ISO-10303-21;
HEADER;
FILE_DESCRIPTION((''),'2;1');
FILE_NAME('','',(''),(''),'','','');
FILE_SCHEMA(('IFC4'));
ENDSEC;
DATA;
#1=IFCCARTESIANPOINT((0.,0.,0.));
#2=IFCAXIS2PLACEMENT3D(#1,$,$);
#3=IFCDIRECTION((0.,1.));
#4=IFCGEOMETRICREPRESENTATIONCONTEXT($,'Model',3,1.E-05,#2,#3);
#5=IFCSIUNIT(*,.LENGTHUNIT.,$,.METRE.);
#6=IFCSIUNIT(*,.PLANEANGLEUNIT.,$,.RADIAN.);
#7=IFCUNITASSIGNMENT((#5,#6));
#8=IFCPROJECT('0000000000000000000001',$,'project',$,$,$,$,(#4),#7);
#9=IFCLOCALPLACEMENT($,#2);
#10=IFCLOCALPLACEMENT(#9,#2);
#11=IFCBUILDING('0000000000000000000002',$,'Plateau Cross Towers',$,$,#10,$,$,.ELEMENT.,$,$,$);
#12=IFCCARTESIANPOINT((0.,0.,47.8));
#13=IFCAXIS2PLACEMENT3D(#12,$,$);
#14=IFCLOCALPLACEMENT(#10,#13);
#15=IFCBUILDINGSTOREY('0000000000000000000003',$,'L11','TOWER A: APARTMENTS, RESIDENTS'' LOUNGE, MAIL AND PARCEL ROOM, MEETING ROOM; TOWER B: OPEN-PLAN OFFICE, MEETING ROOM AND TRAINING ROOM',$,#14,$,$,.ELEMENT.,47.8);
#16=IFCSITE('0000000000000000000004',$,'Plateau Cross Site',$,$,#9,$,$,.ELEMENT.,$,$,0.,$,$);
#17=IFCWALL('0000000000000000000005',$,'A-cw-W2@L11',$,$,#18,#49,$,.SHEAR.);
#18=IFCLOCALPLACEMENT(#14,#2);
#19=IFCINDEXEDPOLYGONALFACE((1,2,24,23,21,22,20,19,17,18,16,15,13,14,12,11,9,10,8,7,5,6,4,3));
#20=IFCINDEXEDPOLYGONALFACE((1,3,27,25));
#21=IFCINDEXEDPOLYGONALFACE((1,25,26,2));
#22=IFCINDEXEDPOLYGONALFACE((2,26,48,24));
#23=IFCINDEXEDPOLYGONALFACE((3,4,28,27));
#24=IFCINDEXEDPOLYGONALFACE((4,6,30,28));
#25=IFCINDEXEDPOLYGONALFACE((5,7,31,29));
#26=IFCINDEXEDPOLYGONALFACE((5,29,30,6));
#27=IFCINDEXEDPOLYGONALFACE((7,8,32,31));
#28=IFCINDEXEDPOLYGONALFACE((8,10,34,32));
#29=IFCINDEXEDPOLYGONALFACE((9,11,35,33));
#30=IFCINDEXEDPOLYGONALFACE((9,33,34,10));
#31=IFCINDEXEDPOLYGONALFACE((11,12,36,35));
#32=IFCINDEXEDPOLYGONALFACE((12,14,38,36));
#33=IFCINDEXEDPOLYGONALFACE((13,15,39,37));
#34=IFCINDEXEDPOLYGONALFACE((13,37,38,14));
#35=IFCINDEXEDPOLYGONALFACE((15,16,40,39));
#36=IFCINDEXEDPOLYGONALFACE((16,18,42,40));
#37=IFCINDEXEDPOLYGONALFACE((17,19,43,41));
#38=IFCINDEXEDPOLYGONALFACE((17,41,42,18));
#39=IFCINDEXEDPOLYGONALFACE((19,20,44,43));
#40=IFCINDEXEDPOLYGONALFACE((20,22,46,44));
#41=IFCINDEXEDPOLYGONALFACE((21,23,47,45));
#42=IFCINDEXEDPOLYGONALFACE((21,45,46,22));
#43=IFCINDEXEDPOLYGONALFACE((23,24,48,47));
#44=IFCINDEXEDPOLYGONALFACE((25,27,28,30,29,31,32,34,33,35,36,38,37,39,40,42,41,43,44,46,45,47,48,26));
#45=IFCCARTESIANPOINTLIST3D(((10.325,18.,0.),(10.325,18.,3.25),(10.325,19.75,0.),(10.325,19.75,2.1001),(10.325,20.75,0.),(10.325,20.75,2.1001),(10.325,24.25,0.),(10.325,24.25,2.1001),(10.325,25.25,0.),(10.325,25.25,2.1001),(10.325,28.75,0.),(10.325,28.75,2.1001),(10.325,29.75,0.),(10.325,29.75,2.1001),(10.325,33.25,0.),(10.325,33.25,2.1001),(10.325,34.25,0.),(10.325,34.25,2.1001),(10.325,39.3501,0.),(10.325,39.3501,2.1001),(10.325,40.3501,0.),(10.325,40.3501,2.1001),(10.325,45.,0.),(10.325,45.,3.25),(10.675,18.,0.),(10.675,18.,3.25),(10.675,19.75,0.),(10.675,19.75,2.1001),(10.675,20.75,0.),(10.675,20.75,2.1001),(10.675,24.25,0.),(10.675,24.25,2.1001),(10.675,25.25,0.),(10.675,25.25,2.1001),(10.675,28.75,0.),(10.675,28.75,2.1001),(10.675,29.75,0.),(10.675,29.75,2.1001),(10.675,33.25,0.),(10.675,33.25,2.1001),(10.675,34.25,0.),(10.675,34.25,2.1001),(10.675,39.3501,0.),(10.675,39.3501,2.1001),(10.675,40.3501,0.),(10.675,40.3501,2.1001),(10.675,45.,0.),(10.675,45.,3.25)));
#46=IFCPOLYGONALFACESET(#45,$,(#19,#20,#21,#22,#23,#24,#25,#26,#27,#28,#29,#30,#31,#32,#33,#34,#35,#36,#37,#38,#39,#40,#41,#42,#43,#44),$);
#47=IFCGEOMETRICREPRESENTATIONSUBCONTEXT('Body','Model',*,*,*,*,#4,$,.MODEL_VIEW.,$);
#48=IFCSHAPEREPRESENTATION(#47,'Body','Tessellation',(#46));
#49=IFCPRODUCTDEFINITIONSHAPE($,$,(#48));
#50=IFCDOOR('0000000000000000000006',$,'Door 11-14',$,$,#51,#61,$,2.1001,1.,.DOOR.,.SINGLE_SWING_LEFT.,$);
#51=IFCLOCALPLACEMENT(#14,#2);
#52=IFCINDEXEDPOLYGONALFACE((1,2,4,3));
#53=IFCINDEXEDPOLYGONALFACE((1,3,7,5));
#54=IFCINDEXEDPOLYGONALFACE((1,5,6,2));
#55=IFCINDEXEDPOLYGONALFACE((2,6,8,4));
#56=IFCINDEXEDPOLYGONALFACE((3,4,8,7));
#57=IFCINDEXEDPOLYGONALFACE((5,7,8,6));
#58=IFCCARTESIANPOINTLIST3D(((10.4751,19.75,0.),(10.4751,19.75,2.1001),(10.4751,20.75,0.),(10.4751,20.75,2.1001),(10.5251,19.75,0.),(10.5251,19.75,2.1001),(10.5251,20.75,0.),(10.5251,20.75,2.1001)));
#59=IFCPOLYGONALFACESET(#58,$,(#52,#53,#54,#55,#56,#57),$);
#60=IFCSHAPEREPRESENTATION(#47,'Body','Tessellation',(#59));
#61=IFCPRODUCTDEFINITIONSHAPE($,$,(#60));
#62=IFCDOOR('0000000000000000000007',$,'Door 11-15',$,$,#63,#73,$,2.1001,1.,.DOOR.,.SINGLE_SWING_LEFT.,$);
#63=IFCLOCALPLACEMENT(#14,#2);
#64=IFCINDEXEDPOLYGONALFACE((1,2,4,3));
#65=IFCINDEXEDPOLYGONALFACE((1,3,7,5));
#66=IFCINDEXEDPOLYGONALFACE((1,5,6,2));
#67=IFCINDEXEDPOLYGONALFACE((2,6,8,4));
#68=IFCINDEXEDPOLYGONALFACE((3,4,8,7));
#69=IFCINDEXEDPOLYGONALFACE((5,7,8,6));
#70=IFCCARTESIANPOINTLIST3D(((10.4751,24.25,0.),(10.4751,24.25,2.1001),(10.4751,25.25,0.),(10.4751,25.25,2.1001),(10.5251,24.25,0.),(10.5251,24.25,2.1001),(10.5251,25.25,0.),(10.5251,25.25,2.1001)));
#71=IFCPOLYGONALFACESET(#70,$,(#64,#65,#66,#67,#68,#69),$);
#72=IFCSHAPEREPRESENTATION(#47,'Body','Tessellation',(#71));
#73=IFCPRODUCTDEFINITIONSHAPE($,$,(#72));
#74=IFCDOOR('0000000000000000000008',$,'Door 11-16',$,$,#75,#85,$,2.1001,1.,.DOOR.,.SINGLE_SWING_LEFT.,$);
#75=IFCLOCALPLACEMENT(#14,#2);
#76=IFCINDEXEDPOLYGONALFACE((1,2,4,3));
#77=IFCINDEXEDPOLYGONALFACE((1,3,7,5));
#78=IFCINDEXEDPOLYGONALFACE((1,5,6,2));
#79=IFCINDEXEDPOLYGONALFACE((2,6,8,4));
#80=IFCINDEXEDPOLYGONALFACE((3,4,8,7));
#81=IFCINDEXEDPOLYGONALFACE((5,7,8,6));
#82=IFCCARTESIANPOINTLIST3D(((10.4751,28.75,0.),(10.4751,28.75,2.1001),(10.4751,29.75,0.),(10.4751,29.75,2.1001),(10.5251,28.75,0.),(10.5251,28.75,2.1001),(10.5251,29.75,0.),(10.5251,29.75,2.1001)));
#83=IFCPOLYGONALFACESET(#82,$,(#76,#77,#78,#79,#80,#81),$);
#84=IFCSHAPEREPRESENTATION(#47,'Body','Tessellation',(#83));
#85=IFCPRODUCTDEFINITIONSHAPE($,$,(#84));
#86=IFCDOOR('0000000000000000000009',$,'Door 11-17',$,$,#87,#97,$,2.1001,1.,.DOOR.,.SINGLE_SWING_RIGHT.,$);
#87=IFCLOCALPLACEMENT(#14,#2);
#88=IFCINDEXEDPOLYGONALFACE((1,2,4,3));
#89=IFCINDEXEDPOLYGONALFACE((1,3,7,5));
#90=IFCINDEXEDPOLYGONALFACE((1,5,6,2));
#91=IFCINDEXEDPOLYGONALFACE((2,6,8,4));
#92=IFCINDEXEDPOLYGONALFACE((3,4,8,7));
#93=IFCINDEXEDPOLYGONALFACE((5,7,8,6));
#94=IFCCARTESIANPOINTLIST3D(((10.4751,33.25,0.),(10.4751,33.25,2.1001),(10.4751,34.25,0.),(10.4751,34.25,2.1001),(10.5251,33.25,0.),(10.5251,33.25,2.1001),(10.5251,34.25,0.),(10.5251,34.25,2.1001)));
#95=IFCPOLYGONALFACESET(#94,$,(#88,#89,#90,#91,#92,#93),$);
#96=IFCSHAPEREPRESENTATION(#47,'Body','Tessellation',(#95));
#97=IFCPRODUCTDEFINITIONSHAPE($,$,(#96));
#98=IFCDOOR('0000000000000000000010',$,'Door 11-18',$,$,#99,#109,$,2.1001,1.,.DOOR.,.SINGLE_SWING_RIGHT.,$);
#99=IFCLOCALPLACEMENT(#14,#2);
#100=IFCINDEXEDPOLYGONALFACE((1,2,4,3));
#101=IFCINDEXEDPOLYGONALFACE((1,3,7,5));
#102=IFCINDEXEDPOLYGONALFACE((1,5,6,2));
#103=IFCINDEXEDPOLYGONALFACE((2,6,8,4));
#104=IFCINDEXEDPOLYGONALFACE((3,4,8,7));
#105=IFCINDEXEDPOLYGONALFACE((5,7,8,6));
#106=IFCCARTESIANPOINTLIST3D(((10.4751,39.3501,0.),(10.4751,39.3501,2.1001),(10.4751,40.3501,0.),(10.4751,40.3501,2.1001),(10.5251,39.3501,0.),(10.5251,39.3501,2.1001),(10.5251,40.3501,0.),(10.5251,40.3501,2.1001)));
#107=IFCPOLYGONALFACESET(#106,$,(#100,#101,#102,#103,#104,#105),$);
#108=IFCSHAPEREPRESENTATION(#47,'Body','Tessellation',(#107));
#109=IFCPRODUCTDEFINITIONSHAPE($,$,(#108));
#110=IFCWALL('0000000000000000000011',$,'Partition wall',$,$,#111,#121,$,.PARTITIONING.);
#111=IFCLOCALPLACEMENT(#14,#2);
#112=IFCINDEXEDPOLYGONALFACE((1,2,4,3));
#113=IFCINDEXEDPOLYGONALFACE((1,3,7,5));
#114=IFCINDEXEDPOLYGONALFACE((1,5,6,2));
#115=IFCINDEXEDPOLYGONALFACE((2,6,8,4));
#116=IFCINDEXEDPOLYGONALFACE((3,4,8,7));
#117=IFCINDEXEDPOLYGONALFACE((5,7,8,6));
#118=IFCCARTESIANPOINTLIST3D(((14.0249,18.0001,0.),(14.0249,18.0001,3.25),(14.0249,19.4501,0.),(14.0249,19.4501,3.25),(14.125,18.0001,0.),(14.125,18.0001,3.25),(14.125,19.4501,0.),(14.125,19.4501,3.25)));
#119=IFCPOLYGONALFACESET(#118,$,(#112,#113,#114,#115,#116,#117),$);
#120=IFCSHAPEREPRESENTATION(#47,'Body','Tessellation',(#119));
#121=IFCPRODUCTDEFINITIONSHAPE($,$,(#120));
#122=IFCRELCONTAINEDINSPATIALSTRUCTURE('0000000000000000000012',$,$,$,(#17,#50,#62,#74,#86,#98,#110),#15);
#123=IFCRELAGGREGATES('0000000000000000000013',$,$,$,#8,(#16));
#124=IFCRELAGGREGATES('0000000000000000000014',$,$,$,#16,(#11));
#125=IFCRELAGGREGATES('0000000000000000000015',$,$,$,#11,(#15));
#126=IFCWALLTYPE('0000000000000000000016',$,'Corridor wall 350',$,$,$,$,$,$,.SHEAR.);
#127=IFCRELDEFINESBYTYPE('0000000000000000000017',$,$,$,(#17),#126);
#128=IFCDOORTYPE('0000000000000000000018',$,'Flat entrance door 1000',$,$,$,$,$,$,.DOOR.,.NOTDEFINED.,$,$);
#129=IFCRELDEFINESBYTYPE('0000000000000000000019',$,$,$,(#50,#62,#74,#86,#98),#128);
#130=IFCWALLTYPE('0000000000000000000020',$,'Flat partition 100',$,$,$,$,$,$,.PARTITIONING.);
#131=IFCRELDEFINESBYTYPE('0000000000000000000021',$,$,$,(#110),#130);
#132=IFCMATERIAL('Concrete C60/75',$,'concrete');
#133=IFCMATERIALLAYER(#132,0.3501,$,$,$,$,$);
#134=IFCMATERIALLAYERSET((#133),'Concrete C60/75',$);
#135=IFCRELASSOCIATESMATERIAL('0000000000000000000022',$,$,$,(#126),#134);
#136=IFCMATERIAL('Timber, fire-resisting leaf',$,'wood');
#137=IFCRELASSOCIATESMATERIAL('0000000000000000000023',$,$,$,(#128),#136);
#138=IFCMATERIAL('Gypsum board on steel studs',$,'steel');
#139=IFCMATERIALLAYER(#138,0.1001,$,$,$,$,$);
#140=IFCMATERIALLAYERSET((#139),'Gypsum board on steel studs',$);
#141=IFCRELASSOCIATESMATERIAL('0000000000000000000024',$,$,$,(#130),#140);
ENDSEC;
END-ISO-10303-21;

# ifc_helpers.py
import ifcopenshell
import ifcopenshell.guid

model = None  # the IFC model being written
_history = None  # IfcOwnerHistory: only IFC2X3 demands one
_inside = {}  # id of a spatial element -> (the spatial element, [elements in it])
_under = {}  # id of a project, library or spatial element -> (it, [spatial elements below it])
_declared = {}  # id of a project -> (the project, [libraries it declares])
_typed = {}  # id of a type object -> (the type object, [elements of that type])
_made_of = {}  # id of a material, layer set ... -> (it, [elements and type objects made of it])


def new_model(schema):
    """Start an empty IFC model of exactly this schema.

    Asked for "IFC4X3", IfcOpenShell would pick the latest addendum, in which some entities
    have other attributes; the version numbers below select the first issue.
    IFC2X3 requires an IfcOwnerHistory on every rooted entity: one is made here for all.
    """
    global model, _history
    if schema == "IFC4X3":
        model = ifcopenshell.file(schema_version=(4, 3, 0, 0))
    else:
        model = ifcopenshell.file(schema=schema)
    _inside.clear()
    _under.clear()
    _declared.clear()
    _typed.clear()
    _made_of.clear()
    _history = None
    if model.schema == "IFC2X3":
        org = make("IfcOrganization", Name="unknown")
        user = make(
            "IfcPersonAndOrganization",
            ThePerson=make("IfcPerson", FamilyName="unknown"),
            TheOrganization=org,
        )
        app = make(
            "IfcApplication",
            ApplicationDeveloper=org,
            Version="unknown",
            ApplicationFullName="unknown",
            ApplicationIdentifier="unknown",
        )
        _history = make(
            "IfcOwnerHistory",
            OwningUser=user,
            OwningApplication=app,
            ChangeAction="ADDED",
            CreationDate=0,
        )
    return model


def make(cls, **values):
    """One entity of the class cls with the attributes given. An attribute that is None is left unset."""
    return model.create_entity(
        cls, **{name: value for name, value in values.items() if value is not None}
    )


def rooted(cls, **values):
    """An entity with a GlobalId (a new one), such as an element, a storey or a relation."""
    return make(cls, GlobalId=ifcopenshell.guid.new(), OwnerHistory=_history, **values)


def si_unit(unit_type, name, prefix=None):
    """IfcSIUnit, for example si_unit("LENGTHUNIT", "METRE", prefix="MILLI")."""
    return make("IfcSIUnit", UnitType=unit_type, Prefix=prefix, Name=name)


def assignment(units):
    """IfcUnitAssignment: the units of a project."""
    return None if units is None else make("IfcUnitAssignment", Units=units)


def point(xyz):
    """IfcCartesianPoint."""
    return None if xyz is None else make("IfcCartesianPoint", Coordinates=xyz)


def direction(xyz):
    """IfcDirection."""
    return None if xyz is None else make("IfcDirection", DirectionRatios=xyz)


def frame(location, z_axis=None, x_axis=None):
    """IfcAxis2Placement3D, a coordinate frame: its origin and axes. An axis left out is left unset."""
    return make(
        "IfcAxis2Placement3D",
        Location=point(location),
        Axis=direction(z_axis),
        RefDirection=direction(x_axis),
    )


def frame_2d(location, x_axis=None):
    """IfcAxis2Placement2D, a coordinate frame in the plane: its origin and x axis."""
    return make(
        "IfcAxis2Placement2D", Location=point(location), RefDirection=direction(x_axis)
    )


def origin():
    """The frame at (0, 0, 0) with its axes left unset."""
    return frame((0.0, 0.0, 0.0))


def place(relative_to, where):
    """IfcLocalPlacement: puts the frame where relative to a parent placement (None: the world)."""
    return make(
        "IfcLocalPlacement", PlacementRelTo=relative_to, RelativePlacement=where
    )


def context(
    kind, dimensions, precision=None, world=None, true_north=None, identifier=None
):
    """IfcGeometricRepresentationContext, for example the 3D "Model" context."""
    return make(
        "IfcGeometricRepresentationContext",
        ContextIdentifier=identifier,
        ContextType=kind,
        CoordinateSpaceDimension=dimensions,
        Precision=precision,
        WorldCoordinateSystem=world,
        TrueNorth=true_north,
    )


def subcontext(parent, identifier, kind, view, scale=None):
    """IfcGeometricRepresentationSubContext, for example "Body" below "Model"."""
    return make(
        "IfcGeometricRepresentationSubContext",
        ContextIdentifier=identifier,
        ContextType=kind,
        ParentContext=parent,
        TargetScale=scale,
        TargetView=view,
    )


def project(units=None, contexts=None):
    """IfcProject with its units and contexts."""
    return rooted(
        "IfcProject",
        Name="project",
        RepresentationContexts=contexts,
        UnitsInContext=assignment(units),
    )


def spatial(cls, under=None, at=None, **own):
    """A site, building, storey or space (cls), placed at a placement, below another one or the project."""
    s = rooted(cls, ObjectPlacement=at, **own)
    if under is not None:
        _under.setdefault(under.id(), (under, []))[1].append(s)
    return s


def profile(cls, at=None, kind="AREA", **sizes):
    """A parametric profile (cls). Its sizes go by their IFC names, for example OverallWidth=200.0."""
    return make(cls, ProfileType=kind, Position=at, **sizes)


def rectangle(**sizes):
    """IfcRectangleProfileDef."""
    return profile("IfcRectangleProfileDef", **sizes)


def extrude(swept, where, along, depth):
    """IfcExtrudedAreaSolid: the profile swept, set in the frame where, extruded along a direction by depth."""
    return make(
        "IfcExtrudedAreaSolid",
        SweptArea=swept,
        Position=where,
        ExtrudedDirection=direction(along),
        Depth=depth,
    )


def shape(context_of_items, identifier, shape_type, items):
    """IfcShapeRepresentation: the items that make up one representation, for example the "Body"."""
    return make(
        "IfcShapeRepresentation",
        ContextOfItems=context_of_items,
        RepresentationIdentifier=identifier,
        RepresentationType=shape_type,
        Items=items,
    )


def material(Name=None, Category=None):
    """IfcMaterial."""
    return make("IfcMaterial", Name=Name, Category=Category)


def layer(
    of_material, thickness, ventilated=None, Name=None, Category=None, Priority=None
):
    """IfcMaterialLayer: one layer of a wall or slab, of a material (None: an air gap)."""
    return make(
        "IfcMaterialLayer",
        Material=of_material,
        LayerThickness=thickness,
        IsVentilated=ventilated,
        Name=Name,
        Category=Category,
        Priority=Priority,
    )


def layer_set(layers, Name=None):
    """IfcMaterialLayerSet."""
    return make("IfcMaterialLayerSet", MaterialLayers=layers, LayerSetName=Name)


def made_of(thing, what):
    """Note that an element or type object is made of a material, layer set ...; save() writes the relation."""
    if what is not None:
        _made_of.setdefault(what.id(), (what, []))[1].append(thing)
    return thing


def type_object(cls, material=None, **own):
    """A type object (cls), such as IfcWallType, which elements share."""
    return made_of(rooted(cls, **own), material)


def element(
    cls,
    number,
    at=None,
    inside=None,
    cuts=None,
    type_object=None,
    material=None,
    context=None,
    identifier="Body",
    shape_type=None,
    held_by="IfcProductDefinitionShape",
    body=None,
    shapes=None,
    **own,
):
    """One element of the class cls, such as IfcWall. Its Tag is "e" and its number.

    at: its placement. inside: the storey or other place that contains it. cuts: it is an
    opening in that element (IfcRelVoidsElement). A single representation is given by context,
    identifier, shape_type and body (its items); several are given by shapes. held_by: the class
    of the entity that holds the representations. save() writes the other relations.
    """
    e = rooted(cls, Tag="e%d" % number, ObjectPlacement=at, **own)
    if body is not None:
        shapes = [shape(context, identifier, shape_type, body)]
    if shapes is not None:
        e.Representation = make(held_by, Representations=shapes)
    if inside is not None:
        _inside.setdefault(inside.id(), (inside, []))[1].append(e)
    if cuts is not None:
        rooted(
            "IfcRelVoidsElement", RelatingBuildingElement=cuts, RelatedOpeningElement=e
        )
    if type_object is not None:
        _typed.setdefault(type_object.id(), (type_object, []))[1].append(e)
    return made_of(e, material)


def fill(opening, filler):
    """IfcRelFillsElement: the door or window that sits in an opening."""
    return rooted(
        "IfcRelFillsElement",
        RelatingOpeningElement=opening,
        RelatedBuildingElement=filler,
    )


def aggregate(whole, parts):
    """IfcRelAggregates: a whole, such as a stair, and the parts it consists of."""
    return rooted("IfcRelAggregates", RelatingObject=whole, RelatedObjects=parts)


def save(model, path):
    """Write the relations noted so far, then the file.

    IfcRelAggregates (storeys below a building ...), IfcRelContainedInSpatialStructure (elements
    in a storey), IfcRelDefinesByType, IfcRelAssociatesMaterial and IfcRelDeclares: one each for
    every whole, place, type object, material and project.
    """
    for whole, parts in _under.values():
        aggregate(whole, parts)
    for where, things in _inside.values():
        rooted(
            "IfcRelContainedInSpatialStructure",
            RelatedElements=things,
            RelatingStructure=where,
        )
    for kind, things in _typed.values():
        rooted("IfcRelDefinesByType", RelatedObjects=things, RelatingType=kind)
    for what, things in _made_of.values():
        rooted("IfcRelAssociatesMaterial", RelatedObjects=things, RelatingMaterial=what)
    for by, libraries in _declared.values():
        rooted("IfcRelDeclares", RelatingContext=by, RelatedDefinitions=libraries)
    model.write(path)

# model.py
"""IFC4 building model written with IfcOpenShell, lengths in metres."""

from ifc_helpers import new_model, si_unit, direction, frame, frame_2d, origin, place, context, subcontext, project, spatial, rectangle, extrude, material, layer, layer_set, type_object, element, fill, save


model = new_model("IFC4")

# Units and contexts
model_context = context("Model", 3, precision=1e-05, world=origin(), true_north=direction((0.0, 1.0)))
body_context = subcontext(model_context, "Body", "Model", "MODEL_VIEW")
ifc_project = project(units=[si_unit("LENGTHUNIT", "METRE"), si_unit("PLANEANGLEUNIT", "RADIAN")], contexts=[model_context])

# Site, building, storey
site_placement = place(None, origin())
site = spatial("IfcSite", under=ifc_project, at=site_placement, Name="Plateau Cross Site", CompositionType="ELEMENT", RefElevation=0.0)
building_placement = place(site_placement, origin())
building = spatial("IfcBuilding", under=site, at=building_placement, Name="Plateau Cross Towers", CompositionType="ELEMENT")
storey_placement = place(building_placement, frame((0.0, 0.0, 47.8)))
storey = spatial("IfcBuildingStorey", under=building, at=storey_placement, Name="L11", Description="TOWER A: APARTMENTS, RESIDENTS' LOUNGE, MAIL AND PARCEL ROOM, MEETING ROOM; TOWER B: OPEN-PLAN OFFICE, MEETING ROOM AND TRAINING ROOM", CompositionType="ELEMENT", Elevation=47.8)

# Shared definitions
ifc_material_1 = material(Name="Concrete C60/75", Category="concrete")

# Wall, openings, doors
ifc_layer_1 = layer(ifc_material_1, 0.3501)
ifc_layer_set_1 = layer_set([ifc_layer_1], Name="Concrete C60/75")
wall_type_1 = type_object("IfcWallType", Name="Corridor wall 350", PredefinedType="SHEAR", material=ifc_layer_set_1)
ifc_material_2 = material(Name="Timber, fire-resisting leaf", Category="wood")
door_type_1 = type_object("IfcDoorType", Name="Flat entrance door 1000", OperationType="NOTDEFINED", PredefinedType="DOOR", material=ifc_material_2)
wall_1_placement = place(storey_placement, frame((10.5, 18.0, 0.0), z_axis=(0.0, 0.0, 1.0), x_axis=(0.0, 1.0, 0.0)))
wall_1 = element("IfcWall", 1, at=wall_1_placement, inside=storey, type_object=wall_type_1, Name="A-cw-W2@L11", PredefinedType="SHEAR", context=body_context, shape_type="SweptSolid", body=[
    extrude(rectangle(XDim=27.0, YDim=0.3501, at=frame_2d((13.5, 0.0))), origin(), (0.0, 0.0, 1.0), 3.25),
])
opening_1_placement = place(wall_1_placement, frame((1.75, 0.0, 0.0)))
opening_1 = element("IfcOpeningElement", 2, at=opening_1_placement, cuts=wall_1, PredefinedType="OPENING", context=body_context, shape_type="SweptSolid", body=[
    extrude(rectangle(XDim=1.0, YDim=2.1001, at=frame_2d((0.5, 1.05))), frame((0.0, 0.1851, 0.0), z_axis=(0.0, -1.0, 0.0), x_axis=(1.0, 0.0, 0.0)), (0.0, 0.0, 1.0), 0.3701),
])
opening_2_placement = place(wall_1_placement, frame((6.25, 0.0, 0.0)))
opening_2 = element("IfcOpeningElement", 3, at=opening_2_placement, cuts=wall_1, PredefinedType="OPENING", context=body_context, shape_type="SweptSolid", body=[
    extrude(rectangle(XDim=1.0, YDim=2.1001, at=frame_2d((0.5, 1.05))), frame((0.0, 0.1851, 0.0), z_axis=(0.0, -1.0, 0.0), x_axis=(1.0, 0.0, 0.0)), (0.0, 0.0, 1.0), 0.3701),
])
opening_3_placement = place(wall_1_placement, frame((10.75, 0.0, 0.0)))
opening_3 = element("IfcOpeningElement", 4, at=opening_3_placement, cuts=wall_1, PredefinedType="OPENING", context=body_context, shape_type="SweptSolid", body=[
    extrude(rectangle(XDim=1.0, YDim=2.1001, at=frame_2d((0.5, 1.05))), frame((0.0, 0.1851, 0.0), z_axis=(0.0, -1.0, 0.0), x_axis=(1.0, 0.0, 0.0)), (0.0, 0.0, 1.0), 0.3701),
])
opening_4_placement = place(wall_1_placement, frame((15.25, 0.0, 0.0)))
opening_4 = element("IfcOpeningElement", 5, at=opening_4_placement, cuts=wall_1, PredefinedType="OPENING", context=body_context, shape_type="SweptSolid", body=[
    extrude(rectangle(XDim=1.0, YDim=2.1001, at=frame_2d((0.5, 1.05))), frame((0.0, 0.1851, 0.0), z_axis=(0.0, -1.0, 0.0), x_axis=(1.0, 0.0, 0.0)), (0.0, 0.0, 1.0), 0.3701),
])
opening_5_placement = place(wall_1_placement, frame((21.3501, 0.0, 0.0)))
opening_5 = element("IfcOpeningElement", 6, at=opening_5_placement, cuts=wall_1, PredefinedType="OPENING", context=body_context, shape_type="SweptSolid", body=[
    extrude(rectangle(XDim=1.0, YDim=2.1001, at=frame_2d((0.5, 1.05))), frame((0.0, 0.1851, 0.0), z_axis=(0.0, -1.0, 0.0), x_axis=(1.0, 0.0, 0.0)), (0.0, 0.0, 1.0), 0.3701),
])
door_1_placement = place(opening_1_placement, origin())
door_1 = element("IfcDoor", 7, at=door_1_placement, inside=storey, type_object=door_type_1, Name="Door 11-14", OperationType="SINGLE_SWING_LEFT", OverallHeight=2.1001, OverallWidth=1.0, PredefinedType="DOOR", context=body_context, shape_type="SweptSolid", body=[
    extrude(rectangle(XDim=1.0, YDim=2.1001, at=frame_2d((0.5, 1.05))), frame((0.0, 0.0249, 0.0), z_axis=(0.0, -1.0, 0.0), x_axis=(1.0, 0.0, 0.0)), (0.0, 0.0, 1.0), 0.05),
])
fill(opening_1, door_1)
door_2_placement = place(opening_2_placement, origin())
door_2 = element("IfcDoor", 8, at=door_2_placement, inside=storey, type_object=door_type_1, Name="Door 11-15", OperationType="SINGLE_SWING_LEFT", OverallHeight=2.1001, OverallWidth=1.0, PredefinedType="DOOR", context=body_context, shape_type="SweptSolid", body=[
    extrude(rectangle(XDim=1.0, YDim=2.1001, at=frame_2d((0.5, 1.05))), frame((0.0, 0.0249, 0.0), z_axis=(0.0, -1.0, 0.0), x_axis=(1.0, 0.0, 0.0)), (0.0, 0.0, 1.0), 0.05),
])
fill(opening_2, door_2)
door_3_placement = place(opening_3_placement, origin())
door_3 = element("IfcDoor", 9, at=door_3_placement, inside=storey, type_object=door_type_1, Name="Door 11-16", OperationType="SINGLE_SWING_LEFT", OverallHeight=2.1001, OverallWidth=1.0, PredefinedType="DOOR", context=body_context, shape_type="SweptSolid", body=[
    extrude(rectangle(XDim=1.0, YDim=2.1001, at=frame_2d((0.5, 1.05))), frame((0.0, 0.0249, 0.0), z_axis=(0.0, -1.0, 0.0), x_axis=(1.0, 0.0, 0.0)), (0.0, 0.0, 1.0), 0.05),
])
fill(opening_3, door_3)
door_4_placement = place(opening_4_placement, origin())
door_4 = element("IfcDoor", 10, at=door_4_placement, inside=storey, type_object=door_type_1, Name="Door 11-17", OperationType="SINGLE_SWING_RIGHT", OverallHeight=2.1001, OverallWidth=1.0, PredefinedType="DOOR", context=body_context, shape_type="SweptSolid", body=[
    extrude(rectangle(XDim=1.0, YDim=2.1001, at=frame_2d((0.5, 1.05))), frame((0.0, 0.0249, 0.0), z_axis=(0.0, -1.0, 0.0), x_axis=(1.0, 0.0, 0.0)), (0.0, 0.0, 1.0), 0.05),
])
fill(opening_4, door_4)
door_5_placement = place(opening_5_placement, origin())
door_5 = element("IfcDoor", 11, at=door_5_placement, inside=storey, type_object=door_type_1, Name="Door 11-18", OperationType="SINGLE_SWING_RIGHT", OverallHeight=2.1001, OverallWidth=1.0, PredefinedType="DOOR", context=body_context, shape_type="SweptSolid", body=[
    extrude(rectangle(XDim=1.0, YDim=2.1001, at=frame_2d((0.5, 1.05))), frame((0.0, 0.0249, 0.0), z_axis=(0.0, -1.0, 0.0), x_axis=(1.0, 0.0, 0.0)), (0.0, 0.0, 1.0), 0.05),
])
fill(opening_5, door_5)

# Wall
ifc_material_3 = material(Name="Gypsum board on steel studs", Category="steel")
ifc_layer_2 = layer(ifc_material_3, 0.1001)
ifc_layer_set_2 = layer_set([ifc_layer_2], Name="Gypsum board on steel studs")
wall_type_2 = type_object("IfcWallType", Name="Flat partition 100", PredefinedType="PARTITIONING", material=ifc_layer_set_2)
wall_2_placement = place(storey_placement, frame((14.075, 18.0, 0.0), z_axis=(0.0, 0.0, 1.0), x_axis=(0.0, 1.0, 0.0)))
element("IfcWall", 12, at=wall_2_placement, inside=storey, type_object=wall_type_2, Name="Partition wall", PredefinedType="PARTITIONING", context=body_context, shape_type="SweptSolid", body=[
    extrude(rectangle(XDim=1.45, YDim=0.1001, at=frame_2d((0.7251, 0.0))), origin(), (0.0, 0.0, 1.0), 3.25),
])

save(model, "model.ifc")
